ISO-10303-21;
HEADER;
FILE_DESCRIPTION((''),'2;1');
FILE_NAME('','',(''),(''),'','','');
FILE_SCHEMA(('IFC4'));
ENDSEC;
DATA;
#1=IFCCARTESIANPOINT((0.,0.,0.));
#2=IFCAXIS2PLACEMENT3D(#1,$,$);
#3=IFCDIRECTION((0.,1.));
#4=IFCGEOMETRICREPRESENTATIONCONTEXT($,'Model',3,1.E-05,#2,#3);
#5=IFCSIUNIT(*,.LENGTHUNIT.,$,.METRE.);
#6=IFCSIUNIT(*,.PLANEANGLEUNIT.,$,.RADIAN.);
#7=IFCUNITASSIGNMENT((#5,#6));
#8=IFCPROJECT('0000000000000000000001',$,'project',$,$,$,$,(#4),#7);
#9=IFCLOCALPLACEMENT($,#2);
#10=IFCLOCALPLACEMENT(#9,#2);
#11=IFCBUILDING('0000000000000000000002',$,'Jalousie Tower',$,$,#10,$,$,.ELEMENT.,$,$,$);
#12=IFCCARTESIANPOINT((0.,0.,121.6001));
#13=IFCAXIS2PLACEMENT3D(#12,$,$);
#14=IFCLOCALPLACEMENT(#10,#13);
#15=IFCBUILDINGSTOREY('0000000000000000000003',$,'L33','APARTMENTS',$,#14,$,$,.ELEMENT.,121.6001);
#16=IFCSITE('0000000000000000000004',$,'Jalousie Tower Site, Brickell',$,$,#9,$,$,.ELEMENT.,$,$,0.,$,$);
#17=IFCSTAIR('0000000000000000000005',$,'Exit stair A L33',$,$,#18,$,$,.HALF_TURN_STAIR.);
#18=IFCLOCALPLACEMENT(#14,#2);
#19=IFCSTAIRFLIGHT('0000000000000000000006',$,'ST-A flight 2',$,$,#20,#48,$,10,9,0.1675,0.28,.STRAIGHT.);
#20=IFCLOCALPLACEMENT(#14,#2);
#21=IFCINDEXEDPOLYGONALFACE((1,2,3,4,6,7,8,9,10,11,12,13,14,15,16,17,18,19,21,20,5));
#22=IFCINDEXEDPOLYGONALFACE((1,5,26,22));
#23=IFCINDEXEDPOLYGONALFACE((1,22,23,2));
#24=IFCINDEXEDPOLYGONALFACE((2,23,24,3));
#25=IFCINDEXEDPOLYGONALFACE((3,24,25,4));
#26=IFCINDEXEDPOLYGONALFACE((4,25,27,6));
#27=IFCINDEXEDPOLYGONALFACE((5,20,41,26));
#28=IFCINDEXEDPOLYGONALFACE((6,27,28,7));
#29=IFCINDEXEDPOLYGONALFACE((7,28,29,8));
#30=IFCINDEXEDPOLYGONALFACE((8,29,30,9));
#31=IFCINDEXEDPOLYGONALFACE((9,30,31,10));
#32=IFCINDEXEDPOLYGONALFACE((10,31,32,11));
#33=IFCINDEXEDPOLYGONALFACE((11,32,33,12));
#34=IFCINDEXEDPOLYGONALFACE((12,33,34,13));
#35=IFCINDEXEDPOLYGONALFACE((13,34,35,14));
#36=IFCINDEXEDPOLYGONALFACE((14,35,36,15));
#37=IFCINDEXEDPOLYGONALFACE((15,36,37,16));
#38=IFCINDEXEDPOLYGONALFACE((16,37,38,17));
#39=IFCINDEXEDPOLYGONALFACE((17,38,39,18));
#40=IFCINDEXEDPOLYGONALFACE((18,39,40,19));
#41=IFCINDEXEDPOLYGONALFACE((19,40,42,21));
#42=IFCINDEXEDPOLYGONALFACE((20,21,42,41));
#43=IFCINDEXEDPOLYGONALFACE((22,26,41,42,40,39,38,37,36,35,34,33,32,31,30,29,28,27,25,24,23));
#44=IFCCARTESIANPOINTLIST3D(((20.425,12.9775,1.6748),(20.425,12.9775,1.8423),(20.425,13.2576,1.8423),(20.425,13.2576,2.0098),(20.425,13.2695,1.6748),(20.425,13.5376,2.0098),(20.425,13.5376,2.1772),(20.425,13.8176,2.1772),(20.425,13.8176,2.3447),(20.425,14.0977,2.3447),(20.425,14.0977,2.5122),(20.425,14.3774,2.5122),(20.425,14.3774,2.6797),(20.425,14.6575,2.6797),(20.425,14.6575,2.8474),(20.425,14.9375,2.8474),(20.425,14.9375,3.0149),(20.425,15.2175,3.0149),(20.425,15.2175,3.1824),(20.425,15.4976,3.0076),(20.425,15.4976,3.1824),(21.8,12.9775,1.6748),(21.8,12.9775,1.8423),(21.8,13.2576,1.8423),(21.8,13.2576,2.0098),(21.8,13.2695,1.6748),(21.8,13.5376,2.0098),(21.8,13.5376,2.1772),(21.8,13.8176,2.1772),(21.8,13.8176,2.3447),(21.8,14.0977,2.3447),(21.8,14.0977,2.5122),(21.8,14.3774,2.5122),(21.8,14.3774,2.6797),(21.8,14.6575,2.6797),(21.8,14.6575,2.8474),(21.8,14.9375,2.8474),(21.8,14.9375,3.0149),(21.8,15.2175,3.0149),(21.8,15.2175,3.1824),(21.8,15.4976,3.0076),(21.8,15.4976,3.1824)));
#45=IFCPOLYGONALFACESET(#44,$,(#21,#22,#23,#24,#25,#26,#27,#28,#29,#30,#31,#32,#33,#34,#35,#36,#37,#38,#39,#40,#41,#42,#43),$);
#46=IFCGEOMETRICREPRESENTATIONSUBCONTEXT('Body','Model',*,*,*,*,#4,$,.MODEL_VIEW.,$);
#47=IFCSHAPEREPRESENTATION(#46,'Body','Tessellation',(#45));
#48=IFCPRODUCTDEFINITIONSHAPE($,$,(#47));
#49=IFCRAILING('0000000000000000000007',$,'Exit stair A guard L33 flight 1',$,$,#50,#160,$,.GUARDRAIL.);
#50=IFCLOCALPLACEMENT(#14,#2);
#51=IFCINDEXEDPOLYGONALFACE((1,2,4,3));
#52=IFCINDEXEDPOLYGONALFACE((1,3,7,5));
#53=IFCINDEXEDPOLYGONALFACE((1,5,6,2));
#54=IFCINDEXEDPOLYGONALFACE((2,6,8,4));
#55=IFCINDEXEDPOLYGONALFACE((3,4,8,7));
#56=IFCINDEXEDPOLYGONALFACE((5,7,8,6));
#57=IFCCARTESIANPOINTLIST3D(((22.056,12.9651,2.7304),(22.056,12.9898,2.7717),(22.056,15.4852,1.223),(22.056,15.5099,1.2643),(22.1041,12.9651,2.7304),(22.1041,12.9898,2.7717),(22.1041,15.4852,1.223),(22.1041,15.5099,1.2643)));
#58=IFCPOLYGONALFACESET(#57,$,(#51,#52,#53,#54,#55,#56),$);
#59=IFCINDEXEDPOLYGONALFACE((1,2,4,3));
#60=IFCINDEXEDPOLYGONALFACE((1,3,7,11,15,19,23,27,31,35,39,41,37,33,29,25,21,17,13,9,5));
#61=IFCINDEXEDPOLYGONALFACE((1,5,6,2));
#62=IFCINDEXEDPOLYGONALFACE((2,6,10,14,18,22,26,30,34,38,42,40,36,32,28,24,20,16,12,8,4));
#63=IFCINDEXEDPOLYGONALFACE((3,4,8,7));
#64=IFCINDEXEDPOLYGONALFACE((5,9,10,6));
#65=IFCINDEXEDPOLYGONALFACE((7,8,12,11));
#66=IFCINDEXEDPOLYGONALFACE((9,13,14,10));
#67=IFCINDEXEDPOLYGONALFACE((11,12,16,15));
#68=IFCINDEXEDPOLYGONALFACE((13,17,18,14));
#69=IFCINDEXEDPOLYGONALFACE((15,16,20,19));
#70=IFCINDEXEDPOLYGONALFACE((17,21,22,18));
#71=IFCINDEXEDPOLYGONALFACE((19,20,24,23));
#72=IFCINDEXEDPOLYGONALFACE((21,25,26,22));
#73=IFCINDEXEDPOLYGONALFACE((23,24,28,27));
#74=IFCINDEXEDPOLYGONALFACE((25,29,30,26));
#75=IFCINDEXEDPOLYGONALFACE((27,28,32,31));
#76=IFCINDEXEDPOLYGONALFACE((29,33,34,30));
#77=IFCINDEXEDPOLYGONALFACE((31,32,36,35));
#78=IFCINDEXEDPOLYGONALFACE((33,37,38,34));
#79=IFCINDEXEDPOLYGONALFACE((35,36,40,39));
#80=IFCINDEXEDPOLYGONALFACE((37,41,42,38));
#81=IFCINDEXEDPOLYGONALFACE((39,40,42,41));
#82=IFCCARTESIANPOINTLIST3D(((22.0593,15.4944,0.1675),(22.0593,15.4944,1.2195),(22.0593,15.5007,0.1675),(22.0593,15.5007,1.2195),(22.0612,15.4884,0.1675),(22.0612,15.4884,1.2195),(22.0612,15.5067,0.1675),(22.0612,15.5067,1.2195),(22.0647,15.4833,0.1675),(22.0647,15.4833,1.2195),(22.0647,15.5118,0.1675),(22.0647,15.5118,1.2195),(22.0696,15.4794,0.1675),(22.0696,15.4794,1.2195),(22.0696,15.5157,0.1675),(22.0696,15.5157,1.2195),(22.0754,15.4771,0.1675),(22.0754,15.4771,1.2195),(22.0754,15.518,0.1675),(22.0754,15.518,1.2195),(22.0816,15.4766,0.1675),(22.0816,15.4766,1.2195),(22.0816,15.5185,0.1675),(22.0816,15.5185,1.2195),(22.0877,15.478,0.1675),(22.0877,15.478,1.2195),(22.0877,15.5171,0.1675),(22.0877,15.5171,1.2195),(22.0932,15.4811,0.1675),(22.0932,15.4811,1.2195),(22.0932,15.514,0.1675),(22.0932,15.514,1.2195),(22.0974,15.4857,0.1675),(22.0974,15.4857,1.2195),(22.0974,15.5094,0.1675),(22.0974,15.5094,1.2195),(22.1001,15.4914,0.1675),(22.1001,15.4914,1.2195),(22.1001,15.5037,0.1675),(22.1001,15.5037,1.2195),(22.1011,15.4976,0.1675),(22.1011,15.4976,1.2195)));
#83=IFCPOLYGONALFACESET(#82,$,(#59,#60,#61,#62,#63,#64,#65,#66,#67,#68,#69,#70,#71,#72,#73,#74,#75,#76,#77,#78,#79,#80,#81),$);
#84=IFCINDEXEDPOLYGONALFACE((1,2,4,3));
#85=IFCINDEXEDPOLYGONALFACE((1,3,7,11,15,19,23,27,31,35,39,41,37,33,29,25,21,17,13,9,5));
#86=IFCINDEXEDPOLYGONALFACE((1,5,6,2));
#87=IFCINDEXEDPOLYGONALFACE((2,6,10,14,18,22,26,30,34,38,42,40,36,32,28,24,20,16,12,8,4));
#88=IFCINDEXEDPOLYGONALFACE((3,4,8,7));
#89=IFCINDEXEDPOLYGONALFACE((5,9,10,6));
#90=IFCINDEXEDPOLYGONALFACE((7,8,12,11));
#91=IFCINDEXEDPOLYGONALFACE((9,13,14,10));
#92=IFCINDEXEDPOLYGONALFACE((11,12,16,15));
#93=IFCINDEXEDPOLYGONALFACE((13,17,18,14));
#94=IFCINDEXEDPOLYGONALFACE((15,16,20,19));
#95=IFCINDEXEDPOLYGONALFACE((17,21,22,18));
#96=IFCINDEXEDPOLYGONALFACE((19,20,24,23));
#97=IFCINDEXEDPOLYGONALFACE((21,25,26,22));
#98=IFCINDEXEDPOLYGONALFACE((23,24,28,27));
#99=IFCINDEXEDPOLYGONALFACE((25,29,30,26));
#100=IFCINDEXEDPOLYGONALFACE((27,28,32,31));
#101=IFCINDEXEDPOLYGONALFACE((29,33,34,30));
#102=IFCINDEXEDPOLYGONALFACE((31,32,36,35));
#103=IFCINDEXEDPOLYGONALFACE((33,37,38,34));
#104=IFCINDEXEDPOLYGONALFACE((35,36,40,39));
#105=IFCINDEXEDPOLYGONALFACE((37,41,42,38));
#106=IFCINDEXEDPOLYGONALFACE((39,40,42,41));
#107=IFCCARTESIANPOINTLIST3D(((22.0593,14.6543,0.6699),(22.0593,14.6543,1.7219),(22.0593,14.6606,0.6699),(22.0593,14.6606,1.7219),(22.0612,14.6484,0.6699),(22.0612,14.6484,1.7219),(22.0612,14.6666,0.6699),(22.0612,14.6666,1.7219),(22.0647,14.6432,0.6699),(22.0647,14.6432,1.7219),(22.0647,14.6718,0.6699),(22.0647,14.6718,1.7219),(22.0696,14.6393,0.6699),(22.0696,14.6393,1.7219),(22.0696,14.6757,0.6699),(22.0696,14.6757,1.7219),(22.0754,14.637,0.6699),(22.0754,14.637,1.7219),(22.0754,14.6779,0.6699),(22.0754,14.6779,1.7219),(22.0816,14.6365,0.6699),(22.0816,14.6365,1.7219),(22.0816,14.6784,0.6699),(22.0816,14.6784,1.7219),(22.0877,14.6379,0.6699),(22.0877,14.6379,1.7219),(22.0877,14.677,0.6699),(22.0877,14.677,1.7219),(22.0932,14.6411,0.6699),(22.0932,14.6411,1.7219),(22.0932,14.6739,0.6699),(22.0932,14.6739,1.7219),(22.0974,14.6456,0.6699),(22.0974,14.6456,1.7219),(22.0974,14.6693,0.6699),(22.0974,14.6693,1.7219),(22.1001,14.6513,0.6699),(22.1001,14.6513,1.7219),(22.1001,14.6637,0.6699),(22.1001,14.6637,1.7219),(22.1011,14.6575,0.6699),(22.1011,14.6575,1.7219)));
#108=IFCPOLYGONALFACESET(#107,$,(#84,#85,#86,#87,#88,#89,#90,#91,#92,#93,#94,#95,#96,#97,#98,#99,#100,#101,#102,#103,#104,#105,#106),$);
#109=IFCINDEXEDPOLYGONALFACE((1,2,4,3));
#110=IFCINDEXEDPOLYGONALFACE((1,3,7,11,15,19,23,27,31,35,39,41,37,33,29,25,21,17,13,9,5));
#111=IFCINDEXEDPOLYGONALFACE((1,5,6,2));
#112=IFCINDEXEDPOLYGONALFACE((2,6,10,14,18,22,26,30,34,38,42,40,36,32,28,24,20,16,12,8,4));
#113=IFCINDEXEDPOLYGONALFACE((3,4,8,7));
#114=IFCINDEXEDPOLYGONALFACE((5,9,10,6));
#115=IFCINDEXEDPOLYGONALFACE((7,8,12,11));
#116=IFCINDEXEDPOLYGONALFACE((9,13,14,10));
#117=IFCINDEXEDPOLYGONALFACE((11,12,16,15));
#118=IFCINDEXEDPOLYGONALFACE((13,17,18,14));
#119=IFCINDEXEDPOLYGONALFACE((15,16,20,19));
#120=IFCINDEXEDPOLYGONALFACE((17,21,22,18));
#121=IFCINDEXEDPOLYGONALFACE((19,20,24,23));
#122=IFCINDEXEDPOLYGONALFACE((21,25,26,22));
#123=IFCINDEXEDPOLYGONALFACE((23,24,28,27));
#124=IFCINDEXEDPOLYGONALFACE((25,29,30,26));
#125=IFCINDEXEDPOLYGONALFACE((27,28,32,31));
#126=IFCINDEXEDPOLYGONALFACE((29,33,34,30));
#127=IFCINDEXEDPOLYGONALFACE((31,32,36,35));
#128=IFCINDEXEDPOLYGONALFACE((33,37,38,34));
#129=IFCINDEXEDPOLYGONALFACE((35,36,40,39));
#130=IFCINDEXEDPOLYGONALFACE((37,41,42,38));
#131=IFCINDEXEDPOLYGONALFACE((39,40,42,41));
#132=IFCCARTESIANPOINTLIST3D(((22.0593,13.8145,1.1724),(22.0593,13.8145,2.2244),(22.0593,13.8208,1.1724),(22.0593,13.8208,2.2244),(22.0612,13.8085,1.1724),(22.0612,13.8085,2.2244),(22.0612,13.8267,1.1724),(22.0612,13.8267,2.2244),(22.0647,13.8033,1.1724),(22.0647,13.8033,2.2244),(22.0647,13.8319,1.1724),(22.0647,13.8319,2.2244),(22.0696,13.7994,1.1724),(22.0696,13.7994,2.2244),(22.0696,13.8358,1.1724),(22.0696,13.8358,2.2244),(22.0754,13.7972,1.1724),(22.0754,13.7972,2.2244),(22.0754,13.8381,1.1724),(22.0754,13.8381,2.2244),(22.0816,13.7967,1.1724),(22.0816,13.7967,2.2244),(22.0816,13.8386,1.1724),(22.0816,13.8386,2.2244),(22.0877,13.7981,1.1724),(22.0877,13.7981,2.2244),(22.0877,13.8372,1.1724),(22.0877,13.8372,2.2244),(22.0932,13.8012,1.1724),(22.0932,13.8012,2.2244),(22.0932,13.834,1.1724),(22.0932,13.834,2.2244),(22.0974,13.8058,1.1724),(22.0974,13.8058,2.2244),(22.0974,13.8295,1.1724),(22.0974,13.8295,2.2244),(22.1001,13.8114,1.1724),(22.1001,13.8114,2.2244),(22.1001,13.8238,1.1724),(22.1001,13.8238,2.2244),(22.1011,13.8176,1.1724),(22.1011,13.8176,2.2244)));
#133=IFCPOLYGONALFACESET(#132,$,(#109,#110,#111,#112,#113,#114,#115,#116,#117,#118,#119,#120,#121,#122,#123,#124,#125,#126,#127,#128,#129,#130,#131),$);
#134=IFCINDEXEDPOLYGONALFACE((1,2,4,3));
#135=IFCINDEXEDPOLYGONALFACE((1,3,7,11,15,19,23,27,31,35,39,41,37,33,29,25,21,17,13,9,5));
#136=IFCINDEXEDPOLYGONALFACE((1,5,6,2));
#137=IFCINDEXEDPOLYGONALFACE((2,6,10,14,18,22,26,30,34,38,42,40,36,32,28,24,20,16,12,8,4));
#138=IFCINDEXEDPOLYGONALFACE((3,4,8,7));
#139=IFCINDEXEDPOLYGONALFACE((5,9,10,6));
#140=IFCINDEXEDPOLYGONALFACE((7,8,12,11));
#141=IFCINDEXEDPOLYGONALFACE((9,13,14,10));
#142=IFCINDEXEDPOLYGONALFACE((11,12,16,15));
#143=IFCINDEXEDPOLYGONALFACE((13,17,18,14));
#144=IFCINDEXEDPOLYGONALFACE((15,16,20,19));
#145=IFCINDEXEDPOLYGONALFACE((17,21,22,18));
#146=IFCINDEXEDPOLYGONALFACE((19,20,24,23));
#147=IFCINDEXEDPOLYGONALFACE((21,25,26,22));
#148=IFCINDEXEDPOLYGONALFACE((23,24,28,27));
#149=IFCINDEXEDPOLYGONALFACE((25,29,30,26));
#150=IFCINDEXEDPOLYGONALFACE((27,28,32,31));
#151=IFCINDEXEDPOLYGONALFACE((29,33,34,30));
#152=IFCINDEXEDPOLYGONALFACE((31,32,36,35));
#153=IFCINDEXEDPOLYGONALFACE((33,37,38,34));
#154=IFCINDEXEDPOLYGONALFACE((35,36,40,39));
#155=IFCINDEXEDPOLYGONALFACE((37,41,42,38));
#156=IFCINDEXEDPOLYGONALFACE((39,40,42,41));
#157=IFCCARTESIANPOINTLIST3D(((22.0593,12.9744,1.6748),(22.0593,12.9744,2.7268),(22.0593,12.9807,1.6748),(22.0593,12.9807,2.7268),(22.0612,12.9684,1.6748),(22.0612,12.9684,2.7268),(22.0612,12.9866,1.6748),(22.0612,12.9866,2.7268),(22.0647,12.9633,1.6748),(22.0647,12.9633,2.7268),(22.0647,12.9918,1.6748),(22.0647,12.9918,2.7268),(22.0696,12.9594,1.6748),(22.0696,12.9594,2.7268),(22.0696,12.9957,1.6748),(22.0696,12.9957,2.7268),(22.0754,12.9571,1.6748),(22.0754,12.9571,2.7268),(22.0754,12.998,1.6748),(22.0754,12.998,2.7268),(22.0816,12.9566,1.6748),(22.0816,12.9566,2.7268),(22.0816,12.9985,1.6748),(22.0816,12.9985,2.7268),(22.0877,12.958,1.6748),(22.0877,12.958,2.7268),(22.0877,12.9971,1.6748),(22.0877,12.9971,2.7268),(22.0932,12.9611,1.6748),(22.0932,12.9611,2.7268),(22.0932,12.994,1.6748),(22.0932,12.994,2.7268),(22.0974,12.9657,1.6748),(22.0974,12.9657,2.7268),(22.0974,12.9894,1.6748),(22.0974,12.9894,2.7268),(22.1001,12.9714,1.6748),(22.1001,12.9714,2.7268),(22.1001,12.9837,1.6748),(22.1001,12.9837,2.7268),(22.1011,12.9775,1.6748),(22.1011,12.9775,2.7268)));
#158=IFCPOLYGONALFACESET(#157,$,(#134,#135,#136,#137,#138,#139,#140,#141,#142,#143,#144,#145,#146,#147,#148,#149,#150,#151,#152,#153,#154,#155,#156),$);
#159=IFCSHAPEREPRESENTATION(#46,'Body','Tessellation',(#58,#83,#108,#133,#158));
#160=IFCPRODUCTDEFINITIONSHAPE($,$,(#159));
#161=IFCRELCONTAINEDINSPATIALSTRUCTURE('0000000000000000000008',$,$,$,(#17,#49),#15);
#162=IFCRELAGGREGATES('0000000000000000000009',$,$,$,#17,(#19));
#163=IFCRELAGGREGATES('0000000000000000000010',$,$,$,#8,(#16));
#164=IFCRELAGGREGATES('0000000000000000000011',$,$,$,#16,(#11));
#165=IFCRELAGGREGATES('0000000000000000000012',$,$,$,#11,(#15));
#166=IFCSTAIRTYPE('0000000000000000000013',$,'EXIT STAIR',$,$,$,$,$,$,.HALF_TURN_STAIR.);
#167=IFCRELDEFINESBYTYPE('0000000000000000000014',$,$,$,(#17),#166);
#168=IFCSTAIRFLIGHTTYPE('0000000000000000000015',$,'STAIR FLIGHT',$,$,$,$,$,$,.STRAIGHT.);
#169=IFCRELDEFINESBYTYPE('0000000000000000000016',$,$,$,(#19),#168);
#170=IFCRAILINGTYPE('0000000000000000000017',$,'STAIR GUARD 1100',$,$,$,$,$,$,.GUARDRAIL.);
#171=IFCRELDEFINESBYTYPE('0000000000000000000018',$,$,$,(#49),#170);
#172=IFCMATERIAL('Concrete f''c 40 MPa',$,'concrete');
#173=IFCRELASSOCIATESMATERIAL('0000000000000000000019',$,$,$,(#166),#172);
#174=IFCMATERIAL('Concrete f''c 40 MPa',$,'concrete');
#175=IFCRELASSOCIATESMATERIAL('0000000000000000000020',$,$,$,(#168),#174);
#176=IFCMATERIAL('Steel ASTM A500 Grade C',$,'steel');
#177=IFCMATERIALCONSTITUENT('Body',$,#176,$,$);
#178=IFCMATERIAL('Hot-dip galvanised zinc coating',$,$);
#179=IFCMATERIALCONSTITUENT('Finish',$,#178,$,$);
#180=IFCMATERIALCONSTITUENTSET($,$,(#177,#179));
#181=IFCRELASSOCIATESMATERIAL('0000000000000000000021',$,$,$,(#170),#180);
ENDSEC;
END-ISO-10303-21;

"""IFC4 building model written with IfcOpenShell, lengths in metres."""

from ifc_helpers import new_model, si_unit, direction, frame, origin, origin_2d, place, context, subcontext, project, spatial, polyline, rectangle, circle, outline, extrude, material, constituent, constituent_set, type_object, element, aggregate, save


model = new_model("IFC4")

# Units and contexts
model_context = context("Model", 3, precision=1e-05, world=origin(), true_north=direction((0.0, 1.0)))
body_context = subcontext(model_context, "Body", "Model", "MODEL_VIEW")
ifc_project = project(units=[si_unit("LENGTHUNIT", "METRE"), si_unit("PLANEANGLEUNIT", "RADIAN")], contexts=[model_context])

# Site, building, storey
site_placement = place(None, origin())
site = spatial("IfcSite", under=ifc_project, at=site_placement, Name="Jalousie Tower Site, Brickell", CompositionType="ELEMENT", RefElevation=0.0)
building_placement = place(site_placement, origin())
building = spatial("IfcBuilding", under=site, at=building_placement, Name="Jalousie Tower", CompositionType="ELEMENT")
storey_placement = place(building_placement, frame((0.0, 0.0, 121.6001)))
storey = spatial("IfcBuildingStorey", under=building, at=storey_placement, Name="L33", Description="APARTMENTS", CompositionType="ELEMENT", Elevation=121.6001)

# Stair, stair flight
ifc_material_1 = material(Name="Concrete f'c 40 MPa", Category="concrete")
stair_type = type_object("IfcStairType", Name="EXIT STAIR", PredefinedType="HALF_TURN_STAIR", material=ifc_material_1)
stair_placement = place(storey_placement, origin())
stair = element("IfcStair", 1, at=stair_placement, inside=storey, type_object=stair_type, Name="Exit stair A L33", PredefinedType="HALF_TURN_STAIR")
ifc_material_2 = material(Name="Concrete f'c 40 MPa", Category="concrete")
stair_flight_type = type_object("IfcStairFlightType", Name="STAIR FLIGHT", PredefinedType="STRAIGHT", material=ifc_material_2)
stair_flight_1_placement = place(storey_placement, frame((21.1125, 12.9775, 1.6748), z_axis=(0.0, 0.0, 1.0), x_axis=(0.0, 1.0, 0.0)))
stair_flight_1 = element("IfcStairFlight", 2, at=stair_flight_1_placement, type_object=stair_flight_type, Name="ST-A flight 2", NumberOfRisers=10, NumberOfTreads=9, PredefinedType="STRAIGHT", RiserHeight=0.1675, TreadLength=0.28, context=body_context, shape_type="SweptSolid", body=[
    extrude(outline(polyline([(0.0, 0.0), (0.0, 0.1675), (0.28, 0.1675), (0.28, 0.335), (0.5601, 0.335), (0.5601, 0.5024), (0.8401, 0.5024), (0.8401, 0.6699), (1.1201, 0.6699), (1.1201, 0.8374), (1.3999, 0.8374), (1.3999, 1.0049), (1.6799, 1.0049), (1.6799, 1.1726), (1.96, 1.1726), (1.96, 1.3401), (2.24, 1.3401), (2.24, 1.5076), (2.52, 1.5076), (2.52, 1.675), (2.52, 1.3328), (0.292, 0.0), (0.0, 0.0)])), frame((0.0, 0.6875, 0.0), z_axis=(0.0, -1.0, 0.0), x_axis=(1.0, 0.0, 0.0)), (0.0, 0.0, 1.0), 1.375),
])
aggregate(stair, [stair_flight_1])

# Railing
ifc_material_3 = material(Name="Steel ASTM A500 Grade C", Category="steel")
ifc_constituent_1 = constituent(ifc_material_3, Name="Body")
ifc_material_4 = material(Name="Hot-dip galvanised zinc coating")
ifc_constituent_2 = constituent(ifc_material_4, Name="Finish")
ifc_constituent_set_1 = constituent_set(constituents=[ifc_constituent_1, ifc_constituent_2])
railing_type_1 = type_object("IfcRailingType", Name="STAIR GUARD 1100", PredefinedType="GUARDRAIL", material=ifc_constituent_set_1)
railing_1_placement = place(storey_placement, frame((22.0801, 15.4976, 0.1675)))
element("IfcRailing", 3, at=railing_1_placement, inside=storey, type_object=railing_type_1, Name="Exit stair A guard L33 flight 1", PredefinedType="GUARDRAIL", context=body_context, shape_type="SweptSolid", body=[
    extrude(rectangle(XDim=0.0481, YDim=0.0481, at=origin_2d()), frame((0.0, 0.0, 1.0762), z_axis=(0.0, -0.858196, 0.513321), x_axis=(1.0, 0.0, 0.0)), (0.0, 0.0, 1.0), 2.9365),
    extrude(circle(Radius=0.021, at=origin_2d()), origin(), (0.0, 0.0, 1.0), 1.052),
    extrude(circle(Radius=0.021, at=origin_2d()), frame((0.0, -0.8401, 0.5024)), (0.0, 0.0, 1.0), 1.052),
    extrude(circle(Radius=0.021, at=origin_2d()), frame((0.0, -1.6799, 1.0049)), (0.0, 0.0, 1.0), 1.052),
    extrude(circle(Radius=0.021, at=origin_2d()), frame((0.0, -2.52, 1.5073)), (0.0, 0.0, 1.0), 1.052),
])

save(model, "model.ifc")
